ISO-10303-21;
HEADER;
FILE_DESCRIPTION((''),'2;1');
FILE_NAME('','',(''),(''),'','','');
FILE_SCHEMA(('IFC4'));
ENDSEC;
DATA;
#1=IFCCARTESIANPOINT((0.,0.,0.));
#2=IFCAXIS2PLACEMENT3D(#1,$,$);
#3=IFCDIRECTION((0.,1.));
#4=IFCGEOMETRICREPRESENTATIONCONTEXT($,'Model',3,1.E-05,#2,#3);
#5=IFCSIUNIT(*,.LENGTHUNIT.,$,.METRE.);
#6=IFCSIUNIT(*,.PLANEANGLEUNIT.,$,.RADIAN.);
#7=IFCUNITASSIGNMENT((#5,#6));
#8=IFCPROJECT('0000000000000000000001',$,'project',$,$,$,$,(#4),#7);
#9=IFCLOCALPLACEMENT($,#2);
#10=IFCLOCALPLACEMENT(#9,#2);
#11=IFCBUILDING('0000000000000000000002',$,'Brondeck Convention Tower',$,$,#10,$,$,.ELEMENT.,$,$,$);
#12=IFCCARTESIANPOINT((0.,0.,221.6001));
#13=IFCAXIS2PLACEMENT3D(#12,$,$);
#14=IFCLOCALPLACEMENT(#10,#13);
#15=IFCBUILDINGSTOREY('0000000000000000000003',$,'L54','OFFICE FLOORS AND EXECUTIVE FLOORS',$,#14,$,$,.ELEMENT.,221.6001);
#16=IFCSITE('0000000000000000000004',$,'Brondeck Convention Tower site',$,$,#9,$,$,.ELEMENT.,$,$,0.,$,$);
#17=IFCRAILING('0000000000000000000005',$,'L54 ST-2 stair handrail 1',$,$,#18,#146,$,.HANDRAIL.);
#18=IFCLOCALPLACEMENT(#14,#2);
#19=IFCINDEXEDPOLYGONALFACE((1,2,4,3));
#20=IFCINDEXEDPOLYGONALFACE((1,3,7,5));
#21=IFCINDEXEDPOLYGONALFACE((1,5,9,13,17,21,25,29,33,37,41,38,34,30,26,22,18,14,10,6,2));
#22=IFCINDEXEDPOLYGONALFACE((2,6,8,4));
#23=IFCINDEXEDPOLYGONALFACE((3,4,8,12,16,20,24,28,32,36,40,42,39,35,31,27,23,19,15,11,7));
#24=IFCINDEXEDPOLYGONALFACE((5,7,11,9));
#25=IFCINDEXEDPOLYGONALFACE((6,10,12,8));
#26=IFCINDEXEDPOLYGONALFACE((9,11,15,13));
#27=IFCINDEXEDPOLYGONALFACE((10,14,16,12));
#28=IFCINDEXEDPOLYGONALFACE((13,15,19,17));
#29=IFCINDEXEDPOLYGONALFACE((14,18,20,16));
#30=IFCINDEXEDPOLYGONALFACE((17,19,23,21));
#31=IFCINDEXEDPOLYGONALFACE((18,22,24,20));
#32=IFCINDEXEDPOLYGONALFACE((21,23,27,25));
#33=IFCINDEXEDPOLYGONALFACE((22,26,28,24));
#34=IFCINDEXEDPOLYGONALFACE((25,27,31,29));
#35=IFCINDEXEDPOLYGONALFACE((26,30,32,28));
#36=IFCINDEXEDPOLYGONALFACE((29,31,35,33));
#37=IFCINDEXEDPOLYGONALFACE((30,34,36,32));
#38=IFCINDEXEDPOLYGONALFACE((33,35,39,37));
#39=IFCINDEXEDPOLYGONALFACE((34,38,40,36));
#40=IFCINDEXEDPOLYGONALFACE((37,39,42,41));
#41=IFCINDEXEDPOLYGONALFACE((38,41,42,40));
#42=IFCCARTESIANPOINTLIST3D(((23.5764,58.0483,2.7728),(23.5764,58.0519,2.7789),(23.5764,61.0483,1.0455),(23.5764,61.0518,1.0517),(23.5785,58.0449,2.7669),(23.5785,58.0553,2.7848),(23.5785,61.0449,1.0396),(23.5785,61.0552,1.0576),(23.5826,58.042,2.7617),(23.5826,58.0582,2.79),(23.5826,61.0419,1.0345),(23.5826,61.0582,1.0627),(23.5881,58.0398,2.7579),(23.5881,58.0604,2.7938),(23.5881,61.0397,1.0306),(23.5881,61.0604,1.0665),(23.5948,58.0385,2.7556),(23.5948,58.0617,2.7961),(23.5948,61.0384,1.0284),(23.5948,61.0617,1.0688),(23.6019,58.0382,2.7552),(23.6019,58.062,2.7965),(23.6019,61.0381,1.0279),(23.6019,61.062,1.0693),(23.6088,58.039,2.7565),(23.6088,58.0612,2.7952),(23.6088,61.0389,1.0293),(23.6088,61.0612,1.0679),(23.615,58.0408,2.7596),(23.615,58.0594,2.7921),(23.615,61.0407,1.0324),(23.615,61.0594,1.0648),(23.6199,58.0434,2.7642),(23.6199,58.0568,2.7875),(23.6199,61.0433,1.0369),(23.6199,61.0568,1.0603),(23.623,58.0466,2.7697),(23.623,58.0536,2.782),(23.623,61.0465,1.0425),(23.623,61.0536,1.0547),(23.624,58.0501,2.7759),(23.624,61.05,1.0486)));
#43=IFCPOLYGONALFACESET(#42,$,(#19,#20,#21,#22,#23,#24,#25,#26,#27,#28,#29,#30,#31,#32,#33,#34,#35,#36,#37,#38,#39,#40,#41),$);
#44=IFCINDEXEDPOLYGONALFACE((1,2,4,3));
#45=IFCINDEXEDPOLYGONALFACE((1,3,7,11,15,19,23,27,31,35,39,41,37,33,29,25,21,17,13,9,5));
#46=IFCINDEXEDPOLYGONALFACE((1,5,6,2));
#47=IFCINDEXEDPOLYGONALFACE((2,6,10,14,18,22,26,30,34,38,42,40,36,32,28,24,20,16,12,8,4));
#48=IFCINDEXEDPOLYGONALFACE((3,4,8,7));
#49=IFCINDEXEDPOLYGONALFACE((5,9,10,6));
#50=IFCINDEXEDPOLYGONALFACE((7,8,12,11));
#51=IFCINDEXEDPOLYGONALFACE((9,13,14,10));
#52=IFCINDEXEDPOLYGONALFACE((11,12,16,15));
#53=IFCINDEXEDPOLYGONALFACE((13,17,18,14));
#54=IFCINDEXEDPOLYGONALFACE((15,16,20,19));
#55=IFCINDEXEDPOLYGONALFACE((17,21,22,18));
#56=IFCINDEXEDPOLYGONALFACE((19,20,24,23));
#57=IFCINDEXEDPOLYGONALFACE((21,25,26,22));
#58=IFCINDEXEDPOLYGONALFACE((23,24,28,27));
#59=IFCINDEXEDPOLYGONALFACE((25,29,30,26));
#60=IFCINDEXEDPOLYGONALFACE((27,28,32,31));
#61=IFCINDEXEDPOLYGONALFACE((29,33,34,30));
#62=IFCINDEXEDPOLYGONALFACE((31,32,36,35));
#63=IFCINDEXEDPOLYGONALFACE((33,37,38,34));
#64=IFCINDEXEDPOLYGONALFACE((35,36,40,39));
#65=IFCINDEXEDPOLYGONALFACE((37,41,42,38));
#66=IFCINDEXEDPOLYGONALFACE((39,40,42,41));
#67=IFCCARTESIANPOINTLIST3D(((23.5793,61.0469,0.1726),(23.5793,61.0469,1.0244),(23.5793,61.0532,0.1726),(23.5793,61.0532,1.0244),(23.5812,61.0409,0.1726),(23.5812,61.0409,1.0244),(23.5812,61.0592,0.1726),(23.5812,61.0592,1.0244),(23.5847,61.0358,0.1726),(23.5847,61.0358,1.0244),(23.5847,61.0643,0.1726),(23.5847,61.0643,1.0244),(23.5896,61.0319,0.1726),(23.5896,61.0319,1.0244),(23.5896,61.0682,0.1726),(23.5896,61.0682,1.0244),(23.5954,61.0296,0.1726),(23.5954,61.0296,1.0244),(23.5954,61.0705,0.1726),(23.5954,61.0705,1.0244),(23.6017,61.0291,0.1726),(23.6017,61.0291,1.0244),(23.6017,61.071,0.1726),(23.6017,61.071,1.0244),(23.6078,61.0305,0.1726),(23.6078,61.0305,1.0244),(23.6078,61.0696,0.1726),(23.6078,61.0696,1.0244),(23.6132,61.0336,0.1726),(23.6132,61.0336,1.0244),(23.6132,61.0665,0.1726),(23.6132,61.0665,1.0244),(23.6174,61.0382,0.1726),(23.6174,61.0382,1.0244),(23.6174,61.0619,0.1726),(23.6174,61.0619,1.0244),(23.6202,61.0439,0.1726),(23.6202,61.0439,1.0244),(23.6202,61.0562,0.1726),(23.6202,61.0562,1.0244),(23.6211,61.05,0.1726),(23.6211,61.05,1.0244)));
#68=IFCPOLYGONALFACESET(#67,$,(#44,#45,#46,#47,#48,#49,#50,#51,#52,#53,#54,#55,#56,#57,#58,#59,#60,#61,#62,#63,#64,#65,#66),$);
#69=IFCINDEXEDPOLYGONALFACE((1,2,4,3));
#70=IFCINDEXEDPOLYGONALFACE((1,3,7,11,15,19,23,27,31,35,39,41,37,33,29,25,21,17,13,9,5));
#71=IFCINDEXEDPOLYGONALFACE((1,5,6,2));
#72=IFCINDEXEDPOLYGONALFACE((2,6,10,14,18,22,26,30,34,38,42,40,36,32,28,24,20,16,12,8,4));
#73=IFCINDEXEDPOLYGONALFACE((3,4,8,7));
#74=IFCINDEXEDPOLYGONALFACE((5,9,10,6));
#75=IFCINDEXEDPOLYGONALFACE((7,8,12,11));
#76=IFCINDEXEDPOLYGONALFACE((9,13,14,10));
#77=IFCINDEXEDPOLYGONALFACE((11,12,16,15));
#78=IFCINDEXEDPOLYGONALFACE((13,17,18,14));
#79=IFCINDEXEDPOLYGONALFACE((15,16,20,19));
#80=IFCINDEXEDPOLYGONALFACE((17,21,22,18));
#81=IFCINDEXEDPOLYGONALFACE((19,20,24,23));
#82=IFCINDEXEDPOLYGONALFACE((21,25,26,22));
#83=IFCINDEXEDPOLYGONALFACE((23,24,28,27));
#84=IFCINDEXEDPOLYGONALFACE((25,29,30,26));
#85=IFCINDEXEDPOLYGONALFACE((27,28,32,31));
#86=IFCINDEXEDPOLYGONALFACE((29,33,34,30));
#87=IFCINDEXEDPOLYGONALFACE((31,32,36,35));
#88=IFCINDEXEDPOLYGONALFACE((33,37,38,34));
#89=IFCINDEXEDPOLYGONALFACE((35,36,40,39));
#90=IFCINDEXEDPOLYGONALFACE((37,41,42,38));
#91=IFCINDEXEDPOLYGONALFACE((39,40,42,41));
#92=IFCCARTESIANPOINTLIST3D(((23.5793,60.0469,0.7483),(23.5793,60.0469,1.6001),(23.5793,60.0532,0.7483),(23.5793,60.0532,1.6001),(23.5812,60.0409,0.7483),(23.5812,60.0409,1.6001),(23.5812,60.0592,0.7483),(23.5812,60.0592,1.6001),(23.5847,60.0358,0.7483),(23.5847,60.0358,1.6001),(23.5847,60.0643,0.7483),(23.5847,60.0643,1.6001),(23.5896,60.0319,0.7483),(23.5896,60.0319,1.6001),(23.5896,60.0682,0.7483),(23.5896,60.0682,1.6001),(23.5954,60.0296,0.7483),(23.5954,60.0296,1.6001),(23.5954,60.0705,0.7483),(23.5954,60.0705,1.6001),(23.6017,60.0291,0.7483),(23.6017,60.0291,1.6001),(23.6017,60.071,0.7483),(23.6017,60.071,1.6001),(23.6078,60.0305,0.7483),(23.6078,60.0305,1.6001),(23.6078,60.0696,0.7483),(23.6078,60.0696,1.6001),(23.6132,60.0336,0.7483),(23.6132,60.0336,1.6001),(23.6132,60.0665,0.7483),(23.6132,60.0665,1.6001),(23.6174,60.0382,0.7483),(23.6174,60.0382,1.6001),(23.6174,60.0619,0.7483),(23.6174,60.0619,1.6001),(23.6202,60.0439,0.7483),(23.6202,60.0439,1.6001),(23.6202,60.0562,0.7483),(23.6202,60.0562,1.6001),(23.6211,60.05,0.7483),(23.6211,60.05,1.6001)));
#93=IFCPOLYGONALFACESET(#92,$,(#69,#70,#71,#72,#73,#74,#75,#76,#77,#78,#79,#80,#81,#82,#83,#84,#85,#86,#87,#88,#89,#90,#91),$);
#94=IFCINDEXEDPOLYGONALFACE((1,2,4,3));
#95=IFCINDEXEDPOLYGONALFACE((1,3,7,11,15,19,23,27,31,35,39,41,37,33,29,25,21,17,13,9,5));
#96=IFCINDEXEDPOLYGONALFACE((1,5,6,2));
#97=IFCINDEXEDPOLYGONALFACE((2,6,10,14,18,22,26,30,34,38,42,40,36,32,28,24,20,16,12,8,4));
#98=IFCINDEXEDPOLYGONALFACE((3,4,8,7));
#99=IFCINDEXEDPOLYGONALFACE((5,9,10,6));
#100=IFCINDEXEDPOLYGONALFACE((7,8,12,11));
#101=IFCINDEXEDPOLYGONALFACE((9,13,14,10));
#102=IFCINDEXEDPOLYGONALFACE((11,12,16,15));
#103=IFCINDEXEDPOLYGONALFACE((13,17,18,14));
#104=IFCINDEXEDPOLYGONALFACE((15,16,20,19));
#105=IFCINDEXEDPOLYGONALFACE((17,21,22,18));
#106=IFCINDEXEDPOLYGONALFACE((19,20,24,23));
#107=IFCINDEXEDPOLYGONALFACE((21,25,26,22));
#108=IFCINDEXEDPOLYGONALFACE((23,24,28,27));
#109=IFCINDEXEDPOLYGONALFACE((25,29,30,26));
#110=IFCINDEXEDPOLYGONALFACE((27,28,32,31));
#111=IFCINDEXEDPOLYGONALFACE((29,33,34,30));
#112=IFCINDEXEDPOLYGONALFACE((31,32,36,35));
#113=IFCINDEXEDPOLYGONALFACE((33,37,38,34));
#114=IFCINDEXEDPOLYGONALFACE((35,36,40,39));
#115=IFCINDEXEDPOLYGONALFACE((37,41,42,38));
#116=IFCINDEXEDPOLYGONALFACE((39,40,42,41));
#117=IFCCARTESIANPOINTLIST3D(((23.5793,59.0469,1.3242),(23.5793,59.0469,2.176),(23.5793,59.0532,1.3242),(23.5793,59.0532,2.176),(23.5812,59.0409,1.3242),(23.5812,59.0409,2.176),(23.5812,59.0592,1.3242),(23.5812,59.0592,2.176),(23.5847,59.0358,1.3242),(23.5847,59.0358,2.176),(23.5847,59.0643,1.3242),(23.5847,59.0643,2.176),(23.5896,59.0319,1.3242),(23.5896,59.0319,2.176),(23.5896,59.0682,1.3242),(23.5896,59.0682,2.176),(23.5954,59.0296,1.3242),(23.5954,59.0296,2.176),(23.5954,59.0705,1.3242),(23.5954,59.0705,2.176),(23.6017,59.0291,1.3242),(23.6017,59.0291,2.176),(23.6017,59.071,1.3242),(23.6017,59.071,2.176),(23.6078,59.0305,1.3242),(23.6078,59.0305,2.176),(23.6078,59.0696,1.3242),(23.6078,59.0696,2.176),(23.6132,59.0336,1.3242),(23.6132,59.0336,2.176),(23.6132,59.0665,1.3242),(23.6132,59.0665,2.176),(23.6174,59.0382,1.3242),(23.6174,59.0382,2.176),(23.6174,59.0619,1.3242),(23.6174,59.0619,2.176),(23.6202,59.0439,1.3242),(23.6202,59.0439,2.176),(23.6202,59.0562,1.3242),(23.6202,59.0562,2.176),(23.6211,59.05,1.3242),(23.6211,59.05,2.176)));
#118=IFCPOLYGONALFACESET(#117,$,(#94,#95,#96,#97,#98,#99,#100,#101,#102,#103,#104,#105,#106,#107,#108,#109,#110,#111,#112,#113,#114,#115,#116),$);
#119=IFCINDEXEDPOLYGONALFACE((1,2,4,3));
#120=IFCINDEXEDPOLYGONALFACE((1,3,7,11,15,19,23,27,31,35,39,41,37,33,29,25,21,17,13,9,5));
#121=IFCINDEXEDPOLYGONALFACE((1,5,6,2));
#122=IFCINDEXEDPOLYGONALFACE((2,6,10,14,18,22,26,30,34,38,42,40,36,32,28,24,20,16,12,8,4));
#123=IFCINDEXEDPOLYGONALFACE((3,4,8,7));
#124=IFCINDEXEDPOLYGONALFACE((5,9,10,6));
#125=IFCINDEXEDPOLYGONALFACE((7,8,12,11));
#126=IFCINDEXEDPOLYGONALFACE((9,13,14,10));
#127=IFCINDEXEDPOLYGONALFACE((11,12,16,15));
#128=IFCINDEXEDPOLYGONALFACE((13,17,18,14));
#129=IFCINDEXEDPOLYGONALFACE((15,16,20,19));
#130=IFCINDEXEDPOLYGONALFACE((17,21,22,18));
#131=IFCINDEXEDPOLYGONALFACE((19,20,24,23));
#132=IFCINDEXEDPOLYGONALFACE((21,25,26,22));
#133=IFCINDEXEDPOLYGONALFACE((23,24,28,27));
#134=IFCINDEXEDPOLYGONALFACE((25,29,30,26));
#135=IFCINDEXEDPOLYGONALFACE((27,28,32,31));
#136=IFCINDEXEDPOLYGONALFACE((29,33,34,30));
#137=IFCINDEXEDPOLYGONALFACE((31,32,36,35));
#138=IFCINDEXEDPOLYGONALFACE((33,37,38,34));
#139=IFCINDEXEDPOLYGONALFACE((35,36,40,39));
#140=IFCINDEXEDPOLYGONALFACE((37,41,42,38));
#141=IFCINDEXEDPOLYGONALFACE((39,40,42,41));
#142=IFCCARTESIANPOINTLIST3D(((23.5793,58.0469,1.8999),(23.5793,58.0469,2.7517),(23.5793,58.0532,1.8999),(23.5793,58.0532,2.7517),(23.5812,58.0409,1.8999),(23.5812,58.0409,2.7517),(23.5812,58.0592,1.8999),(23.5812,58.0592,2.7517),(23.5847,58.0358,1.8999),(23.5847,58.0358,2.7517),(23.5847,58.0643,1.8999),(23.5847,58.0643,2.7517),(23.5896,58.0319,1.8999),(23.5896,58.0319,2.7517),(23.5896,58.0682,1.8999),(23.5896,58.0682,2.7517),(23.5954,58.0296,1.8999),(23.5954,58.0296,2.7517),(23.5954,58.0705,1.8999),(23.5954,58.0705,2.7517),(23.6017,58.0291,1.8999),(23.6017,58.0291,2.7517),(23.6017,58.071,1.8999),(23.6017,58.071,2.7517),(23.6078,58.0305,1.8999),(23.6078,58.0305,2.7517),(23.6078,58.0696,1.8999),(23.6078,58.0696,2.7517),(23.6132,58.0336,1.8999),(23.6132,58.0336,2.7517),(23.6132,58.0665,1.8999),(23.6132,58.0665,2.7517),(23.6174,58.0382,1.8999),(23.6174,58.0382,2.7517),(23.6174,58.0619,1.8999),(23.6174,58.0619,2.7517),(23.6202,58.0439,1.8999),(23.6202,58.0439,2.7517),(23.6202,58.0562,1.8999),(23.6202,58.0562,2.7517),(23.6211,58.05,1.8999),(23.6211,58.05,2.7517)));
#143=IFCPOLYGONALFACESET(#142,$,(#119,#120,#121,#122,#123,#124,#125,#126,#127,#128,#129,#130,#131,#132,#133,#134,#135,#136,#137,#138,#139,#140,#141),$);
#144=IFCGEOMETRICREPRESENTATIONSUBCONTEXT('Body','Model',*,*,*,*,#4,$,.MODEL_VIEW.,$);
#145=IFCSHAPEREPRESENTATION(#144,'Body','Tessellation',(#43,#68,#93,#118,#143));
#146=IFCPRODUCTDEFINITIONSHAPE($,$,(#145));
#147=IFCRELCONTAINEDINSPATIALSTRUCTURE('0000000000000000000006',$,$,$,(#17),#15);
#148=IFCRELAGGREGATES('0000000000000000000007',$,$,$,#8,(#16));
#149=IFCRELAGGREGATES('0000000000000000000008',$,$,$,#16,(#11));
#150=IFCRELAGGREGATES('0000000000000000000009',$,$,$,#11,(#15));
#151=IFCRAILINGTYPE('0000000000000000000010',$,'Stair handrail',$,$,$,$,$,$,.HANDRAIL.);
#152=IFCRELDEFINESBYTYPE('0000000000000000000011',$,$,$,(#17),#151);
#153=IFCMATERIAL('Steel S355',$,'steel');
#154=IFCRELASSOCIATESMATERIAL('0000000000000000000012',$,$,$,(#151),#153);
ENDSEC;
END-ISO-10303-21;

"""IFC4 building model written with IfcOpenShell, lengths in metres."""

from ifc_helpers import new_model, si_unit, direction, frame, origin, origin_2d, place, context, subcontext, project, spatial, circle, extrude, material, type_object, element, save


model = new_model("IFC4")

# Units and contexts
model_context = context("Model", 3, precision=1e-05, world=origin(), true_north=direction((0.0, 1.0)))
body_context = subcontext(model_context, "Body", "Model", "MODEL_VIEW")
ifc_project = project(units=[si_unit("LENGTHUNIT", "METRE"), si_unit("PLANEANGLEUNIT", "RADIAN")], contexts=[model_context])

# Site, building, storey
site_placement = place(None, origin())
site = spatial("IfcSite", under=ifc_project, at=site_placement, Name="Brondeck Convention Tower site", CompositionType="ELEMENT", RefElevation=0.0)
building_placement = place(site_placement, origin())
building = spatial("IfcBuilding", under=site, at=building_placement, Name="Brondeck Convention Tower", CompositionType="ELEMENT")
storey_placement = place(building_placement, frame((0.0, 0.0, 221.6001)))
storey = spatial("IfcBuildingStorey", under=building, at=storey_placement, Name="L54", Description="OFFICE FLOORS AND EXECUTIVE FLOORS", CompositionType="ELEMENT", Elevation=221.6001)

# Railing
ifc_material_1 = material(Name="Steel S355", Category="steel")
railing_type_1 = type_object("IfcRailingType", Name="Stair handrail", PredefinedType="HANDRAIL", material=ifc_material_1)
railing_1_placement = place(storey_placement, frame((23.6001, 61.05, 0.1726)))
element("IfcRailing", 1, at=railing_1_placement, inside=storey, type_object=railing_type_1, Name="L54 ST-2 stair handrail 1", PredefinedType="HANDRAIL", context=body_context, shape_type="SweptSolid", body=[
    extrude(circle(Radius=0.0239, at=origin_2d()), frame((0.0, 0.0, 0.876), z_axis=(0.0, -0.86662, 0.498969), x_axis=(1.0, 0.0, 0.0)), (0.0, 0.0, 1.0), 3.4617),
    extrude(circle(Radius=0.021, at=origin_2d()), origin(), (0.0, 0.0, 1.0), 0.8518),
    extrude(circle(Radius=0.021, at=origin_2d()), frame((0.0, -1.0, 0.5757)), (0.0, 0.0, 1.0), 0.8518),
    extrude(circle(Radius=0.021, at=origin_2d()), frame((0.0, -2.0, 1.1516)), (0.0, 0.0, 1.0), 0.8518),
    extrude(circle(Radius=0.021, at=origin_2d()), frame((0.0, -3.0, 1.7273)), (0.0, 0.0, 1.0), 0.8518),
])

save(model, "model.ifc")
